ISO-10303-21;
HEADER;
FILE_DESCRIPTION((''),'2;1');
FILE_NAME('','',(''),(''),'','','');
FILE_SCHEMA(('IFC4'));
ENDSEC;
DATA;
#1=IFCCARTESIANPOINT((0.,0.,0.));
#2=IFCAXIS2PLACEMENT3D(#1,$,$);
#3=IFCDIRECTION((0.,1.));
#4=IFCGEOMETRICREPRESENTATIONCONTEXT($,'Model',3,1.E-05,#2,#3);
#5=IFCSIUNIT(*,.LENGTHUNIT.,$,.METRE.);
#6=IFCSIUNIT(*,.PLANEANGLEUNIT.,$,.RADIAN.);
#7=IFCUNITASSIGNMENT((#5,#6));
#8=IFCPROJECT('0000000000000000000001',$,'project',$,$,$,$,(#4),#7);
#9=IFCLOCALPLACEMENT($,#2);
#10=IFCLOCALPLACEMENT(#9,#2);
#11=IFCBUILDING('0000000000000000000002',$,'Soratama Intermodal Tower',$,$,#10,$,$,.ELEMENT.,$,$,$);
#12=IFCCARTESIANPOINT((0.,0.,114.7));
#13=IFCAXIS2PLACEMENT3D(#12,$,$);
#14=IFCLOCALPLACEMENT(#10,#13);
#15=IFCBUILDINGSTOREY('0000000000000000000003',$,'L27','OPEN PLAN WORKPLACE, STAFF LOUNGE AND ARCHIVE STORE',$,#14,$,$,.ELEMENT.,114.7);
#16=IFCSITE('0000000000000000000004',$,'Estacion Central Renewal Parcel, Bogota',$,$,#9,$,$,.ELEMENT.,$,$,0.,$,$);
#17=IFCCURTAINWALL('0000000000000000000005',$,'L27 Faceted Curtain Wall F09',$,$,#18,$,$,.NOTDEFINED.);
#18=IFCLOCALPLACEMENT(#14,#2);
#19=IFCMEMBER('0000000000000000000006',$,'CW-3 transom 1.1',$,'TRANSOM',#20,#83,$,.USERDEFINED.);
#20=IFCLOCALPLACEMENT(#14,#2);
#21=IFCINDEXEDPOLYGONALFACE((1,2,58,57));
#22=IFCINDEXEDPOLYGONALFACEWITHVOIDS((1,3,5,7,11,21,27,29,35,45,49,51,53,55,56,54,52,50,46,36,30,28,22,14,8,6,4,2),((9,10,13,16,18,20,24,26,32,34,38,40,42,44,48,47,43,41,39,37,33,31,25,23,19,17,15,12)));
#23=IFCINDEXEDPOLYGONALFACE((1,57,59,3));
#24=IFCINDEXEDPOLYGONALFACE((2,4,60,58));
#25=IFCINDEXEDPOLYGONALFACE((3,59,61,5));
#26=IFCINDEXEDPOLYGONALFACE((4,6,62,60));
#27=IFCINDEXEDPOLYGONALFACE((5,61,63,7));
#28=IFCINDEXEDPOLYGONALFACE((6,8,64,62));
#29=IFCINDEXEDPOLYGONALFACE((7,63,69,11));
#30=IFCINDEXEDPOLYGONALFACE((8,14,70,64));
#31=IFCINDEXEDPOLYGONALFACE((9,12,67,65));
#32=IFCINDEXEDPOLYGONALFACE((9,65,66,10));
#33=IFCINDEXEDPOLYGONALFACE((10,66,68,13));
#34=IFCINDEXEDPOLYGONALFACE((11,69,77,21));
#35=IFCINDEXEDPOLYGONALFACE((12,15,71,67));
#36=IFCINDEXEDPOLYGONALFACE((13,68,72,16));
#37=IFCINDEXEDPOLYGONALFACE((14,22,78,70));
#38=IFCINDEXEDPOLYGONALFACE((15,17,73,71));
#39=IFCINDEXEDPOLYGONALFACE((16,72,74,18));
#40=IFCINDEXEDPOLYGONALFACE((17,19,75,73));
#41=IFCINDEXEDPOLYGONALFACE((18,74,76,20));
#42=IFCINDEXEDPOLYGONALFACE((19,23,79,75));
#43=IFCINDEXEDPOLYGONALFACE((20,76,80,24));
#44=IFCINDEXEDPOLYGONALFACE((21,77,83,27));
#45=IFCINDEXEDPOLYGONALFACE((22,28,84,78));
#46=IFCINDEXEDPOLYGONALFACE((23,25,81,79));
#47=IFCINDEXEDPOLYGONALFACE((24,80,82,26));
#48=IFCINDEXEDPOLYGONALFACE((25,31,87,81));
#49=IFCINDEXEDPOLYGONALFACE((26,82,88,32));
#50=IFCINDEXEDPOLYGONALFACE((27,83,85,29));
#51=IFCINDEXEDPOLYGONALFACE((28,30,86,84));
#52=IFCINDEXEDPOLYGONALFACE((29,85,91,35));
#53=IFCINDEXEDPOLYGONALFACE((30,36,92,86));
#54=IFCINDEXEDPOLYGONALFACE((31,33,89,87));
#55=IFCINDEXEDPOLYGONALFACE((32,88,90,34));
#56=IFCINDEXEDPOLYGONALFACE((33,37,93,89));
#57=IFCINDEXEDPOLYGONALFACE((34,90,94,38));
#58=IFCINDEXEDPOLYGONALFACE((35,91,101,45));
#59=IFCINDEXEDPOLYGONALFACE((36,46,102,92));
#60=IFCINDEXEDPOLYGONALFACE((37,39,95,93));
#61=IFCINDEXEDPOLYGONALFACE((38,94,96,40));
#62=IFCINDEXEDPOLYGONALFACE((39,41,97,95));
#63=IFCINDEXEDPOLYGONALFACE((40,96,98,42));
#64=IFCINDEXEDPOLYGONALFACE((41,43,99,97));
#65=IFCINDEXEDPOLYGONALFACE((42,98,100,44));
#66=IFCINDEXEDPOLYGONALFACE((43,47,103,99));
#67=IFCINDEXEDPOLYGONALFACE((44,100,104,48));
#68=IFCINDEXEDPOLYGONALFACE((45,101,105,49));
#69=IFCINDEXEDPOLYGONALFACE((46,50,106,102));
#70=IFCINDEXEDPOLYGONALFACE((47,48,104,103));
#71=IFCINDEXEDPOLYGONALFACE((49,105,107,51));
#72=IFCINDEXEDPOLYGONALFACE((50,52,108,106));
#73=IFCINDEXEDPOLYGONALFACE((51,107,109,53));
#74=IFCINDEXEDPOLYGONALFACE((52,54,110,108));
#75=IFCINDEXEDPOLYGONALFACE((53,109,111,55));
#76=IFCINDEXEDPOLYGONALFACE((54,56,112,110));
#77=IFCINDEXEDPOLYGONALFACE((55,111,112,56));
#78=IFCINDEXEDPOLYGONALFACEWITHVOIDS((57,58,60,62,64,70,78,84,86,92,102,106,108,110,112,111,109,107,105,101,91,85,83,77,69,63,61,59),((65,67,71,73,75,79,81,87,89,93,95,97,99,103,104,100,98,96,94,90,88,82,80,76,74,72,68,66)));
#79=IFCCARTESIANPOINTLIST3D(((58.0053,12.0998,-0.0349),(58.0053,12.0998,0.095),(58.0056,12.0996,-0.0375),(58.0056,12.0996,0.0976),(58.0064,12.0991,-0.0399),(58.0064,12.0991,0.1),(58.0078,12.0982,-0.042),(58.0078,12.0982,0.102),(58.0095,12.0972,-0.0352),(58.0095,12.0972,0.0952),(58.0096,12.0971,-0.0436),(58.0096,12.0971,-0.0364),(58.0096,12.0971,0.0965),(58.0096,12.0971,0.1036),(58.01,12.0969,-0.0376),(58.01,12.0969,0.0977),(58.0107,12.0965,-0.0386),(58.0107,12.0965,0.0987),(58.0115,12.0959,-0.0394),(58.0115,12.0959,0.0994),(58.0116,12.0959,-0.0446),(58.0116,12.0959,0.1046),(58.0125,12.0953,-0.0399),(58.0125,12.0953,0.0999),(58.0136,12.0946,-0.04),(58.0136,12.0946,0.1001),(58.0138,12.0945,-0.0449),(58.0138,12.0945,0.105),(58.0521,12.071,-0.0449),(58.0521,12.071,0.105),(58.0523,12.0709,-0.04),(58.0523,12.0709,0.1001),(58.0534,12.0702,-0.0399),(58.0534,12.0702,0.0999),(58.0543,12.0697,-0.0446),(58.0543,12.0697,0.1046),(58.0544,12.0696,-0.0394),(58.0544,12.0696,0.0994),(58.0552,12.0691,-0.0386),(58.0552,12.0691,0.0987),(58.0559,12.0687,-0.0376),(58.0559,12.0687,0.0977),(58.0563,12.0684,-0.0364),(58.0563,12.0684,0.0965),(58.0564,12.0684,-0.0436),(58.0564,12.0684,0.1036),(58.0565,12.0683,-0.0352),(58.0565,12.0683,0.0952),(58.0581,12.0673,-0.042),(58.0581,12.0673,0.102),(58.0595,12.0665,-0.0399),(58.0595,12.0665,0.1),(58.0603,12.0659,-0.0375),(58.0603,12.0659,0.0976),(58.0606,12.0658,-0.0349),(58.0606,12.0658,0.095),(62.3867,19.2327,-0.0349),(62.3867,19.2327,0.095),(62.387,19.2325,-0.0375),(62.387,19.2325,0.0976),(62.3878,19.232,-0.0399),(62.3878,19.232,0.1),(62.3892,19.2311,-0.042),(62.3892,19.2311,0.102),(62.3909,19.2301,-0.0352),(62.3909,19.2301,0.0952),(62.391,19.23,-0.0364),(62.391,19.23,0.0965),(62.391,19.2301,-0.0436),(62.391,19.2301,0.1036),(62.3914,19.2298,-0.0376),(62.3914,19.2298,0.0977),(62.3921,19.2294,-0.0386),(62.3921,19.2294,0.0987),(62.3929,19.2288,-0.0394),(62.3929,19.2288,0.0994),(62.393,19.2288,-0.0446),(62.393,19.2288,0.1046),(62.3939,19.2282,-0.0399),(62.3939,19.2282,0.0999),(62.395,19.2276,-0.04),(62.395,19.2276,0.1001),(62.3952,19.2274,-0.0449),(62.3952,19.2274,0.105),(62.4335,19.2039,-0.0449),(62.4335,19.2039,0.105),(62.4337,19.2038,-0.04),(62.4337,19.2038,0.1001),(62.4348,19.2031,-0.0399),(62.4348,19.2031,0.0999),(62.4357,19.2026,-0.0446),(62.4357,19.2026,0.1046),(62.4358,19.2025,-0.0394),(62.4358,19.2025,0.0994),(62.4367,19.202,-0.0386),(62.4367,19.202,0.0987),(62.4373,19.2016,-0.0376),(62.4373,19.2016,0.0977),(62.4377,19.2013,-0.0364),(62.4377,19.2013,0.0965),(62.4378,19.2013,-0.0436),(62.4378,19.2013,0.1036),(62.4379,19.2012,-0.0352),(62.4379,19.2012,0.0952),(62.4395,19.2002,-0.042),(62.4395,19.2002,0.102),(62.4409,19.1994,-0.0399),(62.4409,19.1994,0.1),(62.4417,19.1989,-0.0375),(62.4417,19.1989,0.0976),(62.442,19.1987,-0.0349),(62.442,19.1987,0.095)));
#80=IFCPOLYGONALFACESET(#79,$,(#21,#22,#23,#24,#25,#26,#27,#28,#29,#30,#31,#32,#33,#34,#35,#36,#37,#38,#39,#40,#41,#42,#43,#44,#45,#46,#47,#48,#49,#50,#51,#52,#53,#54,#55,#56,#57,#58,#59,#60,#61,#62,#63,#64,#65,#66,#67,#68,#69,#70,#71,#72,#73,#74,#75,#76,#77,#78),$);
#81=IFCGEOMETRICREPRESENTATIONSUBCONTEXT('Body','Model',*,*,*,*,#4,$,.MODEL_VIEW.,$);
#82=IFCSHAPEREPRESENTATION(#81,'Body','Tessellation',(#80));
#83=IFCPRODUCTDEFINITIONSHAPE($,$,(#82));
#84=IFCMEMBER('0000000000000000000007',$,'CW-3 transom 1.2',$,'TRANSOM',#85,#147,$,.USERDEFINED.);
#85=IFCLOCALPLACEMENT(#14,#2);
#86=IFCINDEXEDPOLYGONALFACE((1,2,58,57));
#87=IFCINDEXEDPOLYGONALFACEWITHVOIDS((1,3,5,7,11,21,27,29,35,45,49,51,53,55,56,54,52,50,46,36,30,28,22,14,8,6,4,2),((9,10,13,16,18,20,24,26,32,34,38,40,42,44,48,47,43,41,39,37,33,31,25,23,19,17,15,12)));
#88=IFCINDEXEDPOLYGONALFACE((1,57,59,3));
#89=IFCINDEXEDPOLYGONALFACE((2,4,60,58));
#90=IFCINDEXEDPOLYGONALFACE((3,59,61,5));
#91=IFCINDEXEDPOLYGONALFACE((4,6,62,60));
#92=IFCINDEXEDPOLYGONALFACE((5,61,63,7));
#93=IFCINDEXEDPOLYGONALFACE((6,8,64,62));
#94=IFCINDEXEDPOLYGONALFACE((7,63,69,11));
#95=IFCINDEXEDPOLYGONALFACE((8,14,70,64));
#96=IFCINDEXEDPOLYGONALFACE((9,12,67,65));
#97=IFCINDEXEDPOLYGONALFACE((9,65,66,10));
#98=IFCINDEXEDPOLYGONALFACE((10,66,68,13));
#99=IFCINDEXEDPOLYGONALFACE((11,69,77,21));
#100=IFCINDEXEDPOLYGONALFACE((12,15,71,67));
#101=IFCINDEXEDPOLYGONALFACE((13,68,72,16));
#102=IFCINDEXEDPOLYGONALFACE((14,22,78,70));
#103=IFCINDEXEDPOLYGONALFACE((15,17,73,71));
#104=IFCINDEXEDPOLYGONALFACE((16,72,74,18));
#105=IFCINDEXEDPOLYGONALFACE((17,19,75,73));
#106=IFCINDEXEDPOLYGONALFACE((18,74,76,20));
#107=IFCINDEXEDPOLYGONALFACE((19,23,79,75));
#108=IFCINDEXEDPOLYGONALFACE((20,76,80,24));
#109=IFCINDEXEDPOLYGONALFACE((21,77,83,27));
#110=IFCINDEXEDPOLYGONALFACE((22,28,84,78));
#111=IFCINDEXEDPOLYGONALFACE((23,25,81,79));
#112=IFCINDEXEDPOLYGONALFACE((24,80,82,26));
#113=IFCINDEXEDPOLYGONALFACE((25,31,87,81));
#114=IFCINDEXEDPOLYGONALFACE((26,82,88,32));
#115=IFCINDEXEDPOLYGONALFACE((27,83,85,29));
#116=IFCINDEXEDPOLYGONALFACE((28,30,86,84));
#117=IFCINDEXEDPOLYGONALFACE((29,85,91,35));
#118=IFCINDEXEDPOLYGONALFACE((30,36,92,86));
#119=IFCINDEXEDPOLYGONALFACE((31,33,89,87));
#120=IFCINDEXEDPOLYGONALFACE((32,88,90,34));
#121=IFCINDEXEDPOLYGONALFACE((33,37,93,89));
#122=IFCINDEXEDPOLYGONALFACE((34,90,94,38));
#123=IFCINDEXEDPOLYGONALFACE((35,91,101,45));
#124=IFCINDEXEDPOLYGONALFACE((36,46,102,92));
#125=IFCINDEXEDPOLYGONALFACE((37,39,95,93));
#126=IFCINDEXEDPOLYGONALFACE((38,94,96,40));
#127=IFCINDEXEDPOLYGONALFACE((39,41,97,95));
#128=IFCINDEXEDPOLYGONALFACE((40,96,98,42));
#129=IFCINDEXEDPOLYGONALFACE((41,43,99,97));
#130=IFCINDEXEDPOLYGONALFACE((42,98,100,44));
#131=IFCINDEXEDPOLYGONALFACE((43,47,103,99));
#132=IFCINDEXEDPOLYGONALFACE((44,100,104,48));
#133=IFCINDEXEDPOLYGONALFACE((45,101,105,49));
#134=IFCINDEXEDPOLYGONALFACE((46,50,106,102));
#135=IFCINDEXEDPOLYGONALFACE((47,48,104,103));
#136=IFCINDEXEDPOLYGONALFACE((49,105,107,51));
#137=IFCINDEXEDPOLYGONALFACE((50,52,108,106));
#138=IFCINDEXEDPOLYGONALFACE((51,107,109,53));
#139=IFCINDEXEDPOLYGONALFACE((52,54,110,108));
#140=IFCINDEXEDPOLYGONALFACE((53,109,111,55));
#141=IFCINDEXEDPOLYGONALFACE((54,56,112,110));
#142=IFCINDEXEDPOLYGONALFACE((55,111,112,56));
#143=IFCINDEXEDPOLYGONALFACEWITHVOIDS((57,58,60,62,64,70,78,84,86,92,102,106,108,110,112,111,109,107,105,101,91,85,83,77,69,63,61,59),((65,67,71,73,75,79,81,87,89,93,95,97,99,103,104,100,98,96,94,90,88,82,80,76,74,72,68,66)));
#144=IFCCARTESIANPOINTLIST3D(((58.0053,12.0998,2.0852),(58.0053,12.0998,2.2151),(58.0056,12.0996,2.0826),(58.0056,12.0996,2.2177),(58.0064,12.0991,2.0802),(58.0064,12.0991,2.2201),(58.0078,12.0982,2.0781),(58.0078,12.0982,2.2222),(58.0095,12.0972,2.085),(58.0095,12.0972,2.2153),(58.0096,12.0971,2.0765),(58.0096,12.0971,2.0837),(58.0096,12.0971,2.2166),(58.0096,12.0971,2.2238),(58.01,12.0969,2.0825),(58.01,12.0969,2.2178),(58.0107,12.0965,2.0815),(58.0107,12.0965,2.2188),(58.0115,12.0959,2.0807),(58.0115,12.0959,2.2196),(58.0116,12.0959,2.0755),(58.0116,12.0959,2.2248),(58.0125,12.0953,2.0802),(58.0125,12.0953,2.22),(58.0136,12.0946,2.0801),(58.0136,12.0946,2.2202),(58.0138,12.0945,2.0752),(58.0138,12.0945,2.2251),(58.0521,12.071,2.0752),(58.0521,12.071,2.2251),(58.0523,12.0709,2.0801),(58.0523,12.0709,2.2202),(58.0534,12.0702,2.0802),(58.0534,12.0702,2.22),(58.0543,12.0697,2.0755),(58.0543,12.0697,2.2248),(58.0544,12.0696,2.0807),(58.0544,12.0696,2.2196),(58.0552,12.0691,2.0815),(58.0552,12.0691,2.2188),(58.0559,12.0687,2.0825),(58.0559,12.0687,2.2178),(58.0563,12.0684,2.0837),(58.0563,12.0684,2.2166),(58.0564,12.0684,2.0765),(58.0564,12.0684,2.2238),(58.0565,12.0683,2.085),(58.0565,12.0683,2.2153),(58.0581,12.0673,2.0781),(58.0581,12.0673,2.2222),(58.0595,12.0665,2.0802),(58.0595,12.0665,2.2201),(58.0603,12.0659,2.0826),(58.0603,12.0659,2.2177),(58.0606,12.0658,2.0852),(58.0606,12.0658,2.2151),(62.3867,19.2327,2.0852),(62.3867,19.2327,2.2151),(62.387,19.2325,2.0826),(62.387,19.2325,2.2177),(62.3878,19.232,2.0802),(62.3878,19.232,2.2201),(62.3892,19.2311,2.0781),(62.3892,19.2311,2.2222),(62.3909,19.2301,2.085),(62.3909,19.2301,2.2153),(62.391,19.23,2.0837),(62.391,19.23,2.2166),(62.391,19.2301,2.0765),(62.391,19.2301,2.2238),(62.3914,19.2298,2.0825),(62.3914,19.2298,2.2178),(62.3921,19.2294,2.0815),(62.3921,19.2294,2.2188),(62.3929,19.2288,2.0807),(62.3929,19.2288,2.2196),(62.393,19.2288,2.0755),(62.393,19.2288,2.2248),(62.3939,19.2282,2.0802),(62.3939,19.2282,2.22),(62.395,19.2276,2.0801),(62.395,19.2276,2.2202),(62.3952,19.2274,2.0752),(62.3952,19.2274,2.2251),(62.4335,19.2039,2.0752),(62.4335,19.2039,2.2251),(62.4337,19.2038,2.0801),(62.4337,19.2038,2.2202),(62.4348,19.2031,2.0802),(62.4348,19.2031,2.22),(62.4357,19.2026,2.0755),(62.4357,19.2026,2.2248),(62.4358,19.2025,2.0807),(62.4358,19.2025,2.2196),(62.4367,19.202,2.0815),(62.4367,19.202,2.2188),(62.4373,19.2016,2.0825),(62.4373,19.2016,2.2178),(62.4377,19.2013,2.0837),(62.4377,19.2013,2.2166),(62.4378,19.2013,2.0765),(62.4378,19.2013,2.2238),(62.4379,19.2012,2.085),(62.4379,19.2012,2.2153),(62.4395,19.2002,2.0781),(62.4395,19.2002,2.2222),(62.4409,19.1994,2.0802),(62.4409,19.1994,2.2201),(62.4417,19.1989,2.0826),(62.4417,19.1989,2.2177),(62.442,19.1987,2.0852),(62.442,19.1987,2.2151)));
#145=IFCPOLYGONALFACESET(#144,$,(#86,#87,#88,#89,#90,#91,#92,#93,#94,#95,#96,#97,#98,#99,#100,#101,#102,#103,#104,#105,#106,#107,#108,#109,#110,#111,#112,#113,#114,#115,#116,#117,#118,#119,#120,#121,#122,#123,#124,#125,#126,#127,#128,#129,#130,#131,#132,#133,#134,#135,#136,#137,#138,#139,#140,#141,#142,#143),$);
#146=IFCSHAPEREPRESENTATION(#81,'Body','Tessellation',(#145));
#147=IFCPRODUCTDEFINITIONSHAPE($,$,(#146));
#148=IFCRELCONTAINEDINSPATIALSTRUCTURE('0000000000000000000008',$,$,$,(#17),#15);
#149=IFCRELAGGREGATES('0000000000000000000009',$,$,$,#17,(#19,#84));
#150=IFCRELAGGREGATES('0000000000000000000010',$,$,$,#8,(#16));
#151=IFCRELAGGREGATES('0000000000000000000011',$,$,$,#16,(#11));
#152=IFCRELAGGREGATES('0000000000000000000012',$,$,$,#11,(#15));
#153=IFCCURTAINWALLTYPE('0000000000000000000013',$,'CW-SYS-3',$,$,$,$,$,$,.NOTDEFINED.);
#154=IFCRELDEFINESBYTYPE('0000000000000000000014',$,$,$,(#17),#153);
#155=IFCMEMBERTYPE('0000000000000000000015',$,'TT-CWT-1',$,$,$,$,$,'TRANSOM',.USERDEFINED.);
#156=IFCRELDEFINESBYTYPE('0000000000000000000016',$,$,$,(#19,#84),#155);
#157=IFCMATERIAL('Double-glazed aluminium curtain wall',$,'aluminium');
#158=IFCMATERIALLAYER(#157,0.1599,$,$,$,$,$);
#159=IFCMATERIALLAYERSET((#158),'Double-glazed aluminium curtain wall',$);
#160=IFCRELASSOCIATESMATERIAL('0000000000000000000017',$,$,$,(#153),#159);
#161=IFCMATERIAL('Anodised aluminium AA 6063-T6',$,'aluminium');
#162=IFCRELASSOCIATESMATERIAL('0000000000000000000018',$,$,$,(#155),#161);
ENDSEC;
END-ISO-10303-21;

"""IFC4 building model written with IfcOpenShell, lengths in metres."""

from ifc_helpers import new_model, si_unit, direction, frame, origin, origin_2d, place, context, subcontext, project, spatial, hollow_rectangle, extrude, material, layer, layer_set, material_profile, profile_set, type_object, element, aggregate, save


model = new_model("IFC4")

# Units and contexts
model_context = context("Model", 3, precision=1e-05, world=origin(), true_north=direction((0.0, 1.0)))
body_context = subcontext(model_context, "Body", "Model", "MODEL_VIEW")
ifc_project = project(units=[si_unit("LENGTHUNIT", "METRE"), si_unit("PLANEANGLEUNIT", "RADIAN")], contexts=[model_context])

# Site, building, storey
site_placement = place(None, origin())
site = spatial("IfcSite", under=ifc_project, at=site_placement, Name="Estacion Central Renewal Parcel, Bogota", CompositionType="ELEMENT", RefElevation=0.0)
building_placement = place(site_placement, origin())
building = spatial("IfcBuilding", under=site, at=building_placement, Name="Soratama Intermodal Tower", CompositionType="ELEMENT")
storey_placement = place(building_placement, frame((0.0, 0.0, 114.7)))
storey = spatial("IfcBuildingStorey", under=building, at=storey_placement, Name="L27", Description="OPEN PLAN WORKPLACE, STAFF LOUNGE AND ARCHIVE STORE", CompositionType="ELEMENT", Elevation=114.7)

# Shared definitions
ifc_material_1 = material(Name="Double-glazed aluminium curtain wall", Category="aluminium")
ifc_layer_1 = layer(ifc_material_1, 0.1599)
ifc_layer_set_1 = layer_set([ifc_layer_1], Name="Double-glazed aluminium curtain wall")
curtain_wall_type = type_object("IfcCurtainWallType", Name="CW-SYS-3", PredefinedType="NOTDEFINED", material=ifc_layer_set_1)

# Curtain wall, members
curtain_wall_1_placement = place(storey_placement, origin())
curtain_wall_1 = element("IfcCurtainWall", 1, at=curtain_wall_1_placement, inside=storey, type_object=curtain_wall_type, Name="L27 Faceted Curtain Wall F09", PredefinedType="NOTDEFINED")
ifc_material_2 = material(Name="Anodised aluminium AA 6063-T6", Category="aluminium")
ifc_material_profile_1 = material_profile(ifc_material_2, hollow_rectangle(XDim=0.0649, YDim=0.1499, WallThickness=0.0049, InnerFilletRadius=0.0049, OuterFilletRadius=0.01, at=origin_2d()), Name="CWT150X65X5")
ifc_profile_set_1 = profile_set([ifc_material_profile_1], Name="Anodised aluminium AA 6063-T6")
member_type_1 = type_object("IfcMemberType", Name="TT-CWT-1", ElementType="TRANSOM", PredefinedType="USERDEFINED", material=ifc_profile_set_1)
member_1_placement = place(storey_placement, frame((58.033, 12.0828, 0.03), z_axis=(0.523398, 0.852089, 0.0), x_axis=(-0.852089, 0.523398, 0.0)))
member_1 = element("IfcMember", 2, at=member_1_placement, type_object=member_type_1, Name="CW-3 transom 1.1", ObjectType="TRANSOM", PredefinedType="USERDEFINED", context=body_context, shape_type="SweptSolid", body=[
    extrude(hollow_rectangle(XDim=0.0649, YDim=0.1499, WallThickness=0.0049, InnerFilletRadius=0.0049, OuterFilletRadius=0.01, at=origin_2d()), origin(), (0.0, 0.0, 1.0), 8.3711),
])
member_2_placement = place(storey_placement, frame((58.033, 12.0828, 2.1501), z_axis=(0.523398, 0.852089, 0.0), x_axis=(-0.852089, 0.523398, 0.0)))
member_2 = element("IfcMember", 3, at=member_2_placement, type_object=member_type_1, Name="CW-3 transom 1.2", ObjectType="TRANSOM", PredefinedType="USERDEFINED", context=body_context, shape_type="SweptSolid", body=[
    extrude(hollow_rectangle(XDim=0.0649, YDim=0.1499, WallThickness=0.0049, InnerFilletRadius=0.0049, OuterFilletRadius=0.01, at=origin_2d()), origin(), (0.0, 0.0, 1.0), 8.3711),
])
aggregate(curtain_wall_1, [member_1, member_2])

save(model, "model.ifc")
